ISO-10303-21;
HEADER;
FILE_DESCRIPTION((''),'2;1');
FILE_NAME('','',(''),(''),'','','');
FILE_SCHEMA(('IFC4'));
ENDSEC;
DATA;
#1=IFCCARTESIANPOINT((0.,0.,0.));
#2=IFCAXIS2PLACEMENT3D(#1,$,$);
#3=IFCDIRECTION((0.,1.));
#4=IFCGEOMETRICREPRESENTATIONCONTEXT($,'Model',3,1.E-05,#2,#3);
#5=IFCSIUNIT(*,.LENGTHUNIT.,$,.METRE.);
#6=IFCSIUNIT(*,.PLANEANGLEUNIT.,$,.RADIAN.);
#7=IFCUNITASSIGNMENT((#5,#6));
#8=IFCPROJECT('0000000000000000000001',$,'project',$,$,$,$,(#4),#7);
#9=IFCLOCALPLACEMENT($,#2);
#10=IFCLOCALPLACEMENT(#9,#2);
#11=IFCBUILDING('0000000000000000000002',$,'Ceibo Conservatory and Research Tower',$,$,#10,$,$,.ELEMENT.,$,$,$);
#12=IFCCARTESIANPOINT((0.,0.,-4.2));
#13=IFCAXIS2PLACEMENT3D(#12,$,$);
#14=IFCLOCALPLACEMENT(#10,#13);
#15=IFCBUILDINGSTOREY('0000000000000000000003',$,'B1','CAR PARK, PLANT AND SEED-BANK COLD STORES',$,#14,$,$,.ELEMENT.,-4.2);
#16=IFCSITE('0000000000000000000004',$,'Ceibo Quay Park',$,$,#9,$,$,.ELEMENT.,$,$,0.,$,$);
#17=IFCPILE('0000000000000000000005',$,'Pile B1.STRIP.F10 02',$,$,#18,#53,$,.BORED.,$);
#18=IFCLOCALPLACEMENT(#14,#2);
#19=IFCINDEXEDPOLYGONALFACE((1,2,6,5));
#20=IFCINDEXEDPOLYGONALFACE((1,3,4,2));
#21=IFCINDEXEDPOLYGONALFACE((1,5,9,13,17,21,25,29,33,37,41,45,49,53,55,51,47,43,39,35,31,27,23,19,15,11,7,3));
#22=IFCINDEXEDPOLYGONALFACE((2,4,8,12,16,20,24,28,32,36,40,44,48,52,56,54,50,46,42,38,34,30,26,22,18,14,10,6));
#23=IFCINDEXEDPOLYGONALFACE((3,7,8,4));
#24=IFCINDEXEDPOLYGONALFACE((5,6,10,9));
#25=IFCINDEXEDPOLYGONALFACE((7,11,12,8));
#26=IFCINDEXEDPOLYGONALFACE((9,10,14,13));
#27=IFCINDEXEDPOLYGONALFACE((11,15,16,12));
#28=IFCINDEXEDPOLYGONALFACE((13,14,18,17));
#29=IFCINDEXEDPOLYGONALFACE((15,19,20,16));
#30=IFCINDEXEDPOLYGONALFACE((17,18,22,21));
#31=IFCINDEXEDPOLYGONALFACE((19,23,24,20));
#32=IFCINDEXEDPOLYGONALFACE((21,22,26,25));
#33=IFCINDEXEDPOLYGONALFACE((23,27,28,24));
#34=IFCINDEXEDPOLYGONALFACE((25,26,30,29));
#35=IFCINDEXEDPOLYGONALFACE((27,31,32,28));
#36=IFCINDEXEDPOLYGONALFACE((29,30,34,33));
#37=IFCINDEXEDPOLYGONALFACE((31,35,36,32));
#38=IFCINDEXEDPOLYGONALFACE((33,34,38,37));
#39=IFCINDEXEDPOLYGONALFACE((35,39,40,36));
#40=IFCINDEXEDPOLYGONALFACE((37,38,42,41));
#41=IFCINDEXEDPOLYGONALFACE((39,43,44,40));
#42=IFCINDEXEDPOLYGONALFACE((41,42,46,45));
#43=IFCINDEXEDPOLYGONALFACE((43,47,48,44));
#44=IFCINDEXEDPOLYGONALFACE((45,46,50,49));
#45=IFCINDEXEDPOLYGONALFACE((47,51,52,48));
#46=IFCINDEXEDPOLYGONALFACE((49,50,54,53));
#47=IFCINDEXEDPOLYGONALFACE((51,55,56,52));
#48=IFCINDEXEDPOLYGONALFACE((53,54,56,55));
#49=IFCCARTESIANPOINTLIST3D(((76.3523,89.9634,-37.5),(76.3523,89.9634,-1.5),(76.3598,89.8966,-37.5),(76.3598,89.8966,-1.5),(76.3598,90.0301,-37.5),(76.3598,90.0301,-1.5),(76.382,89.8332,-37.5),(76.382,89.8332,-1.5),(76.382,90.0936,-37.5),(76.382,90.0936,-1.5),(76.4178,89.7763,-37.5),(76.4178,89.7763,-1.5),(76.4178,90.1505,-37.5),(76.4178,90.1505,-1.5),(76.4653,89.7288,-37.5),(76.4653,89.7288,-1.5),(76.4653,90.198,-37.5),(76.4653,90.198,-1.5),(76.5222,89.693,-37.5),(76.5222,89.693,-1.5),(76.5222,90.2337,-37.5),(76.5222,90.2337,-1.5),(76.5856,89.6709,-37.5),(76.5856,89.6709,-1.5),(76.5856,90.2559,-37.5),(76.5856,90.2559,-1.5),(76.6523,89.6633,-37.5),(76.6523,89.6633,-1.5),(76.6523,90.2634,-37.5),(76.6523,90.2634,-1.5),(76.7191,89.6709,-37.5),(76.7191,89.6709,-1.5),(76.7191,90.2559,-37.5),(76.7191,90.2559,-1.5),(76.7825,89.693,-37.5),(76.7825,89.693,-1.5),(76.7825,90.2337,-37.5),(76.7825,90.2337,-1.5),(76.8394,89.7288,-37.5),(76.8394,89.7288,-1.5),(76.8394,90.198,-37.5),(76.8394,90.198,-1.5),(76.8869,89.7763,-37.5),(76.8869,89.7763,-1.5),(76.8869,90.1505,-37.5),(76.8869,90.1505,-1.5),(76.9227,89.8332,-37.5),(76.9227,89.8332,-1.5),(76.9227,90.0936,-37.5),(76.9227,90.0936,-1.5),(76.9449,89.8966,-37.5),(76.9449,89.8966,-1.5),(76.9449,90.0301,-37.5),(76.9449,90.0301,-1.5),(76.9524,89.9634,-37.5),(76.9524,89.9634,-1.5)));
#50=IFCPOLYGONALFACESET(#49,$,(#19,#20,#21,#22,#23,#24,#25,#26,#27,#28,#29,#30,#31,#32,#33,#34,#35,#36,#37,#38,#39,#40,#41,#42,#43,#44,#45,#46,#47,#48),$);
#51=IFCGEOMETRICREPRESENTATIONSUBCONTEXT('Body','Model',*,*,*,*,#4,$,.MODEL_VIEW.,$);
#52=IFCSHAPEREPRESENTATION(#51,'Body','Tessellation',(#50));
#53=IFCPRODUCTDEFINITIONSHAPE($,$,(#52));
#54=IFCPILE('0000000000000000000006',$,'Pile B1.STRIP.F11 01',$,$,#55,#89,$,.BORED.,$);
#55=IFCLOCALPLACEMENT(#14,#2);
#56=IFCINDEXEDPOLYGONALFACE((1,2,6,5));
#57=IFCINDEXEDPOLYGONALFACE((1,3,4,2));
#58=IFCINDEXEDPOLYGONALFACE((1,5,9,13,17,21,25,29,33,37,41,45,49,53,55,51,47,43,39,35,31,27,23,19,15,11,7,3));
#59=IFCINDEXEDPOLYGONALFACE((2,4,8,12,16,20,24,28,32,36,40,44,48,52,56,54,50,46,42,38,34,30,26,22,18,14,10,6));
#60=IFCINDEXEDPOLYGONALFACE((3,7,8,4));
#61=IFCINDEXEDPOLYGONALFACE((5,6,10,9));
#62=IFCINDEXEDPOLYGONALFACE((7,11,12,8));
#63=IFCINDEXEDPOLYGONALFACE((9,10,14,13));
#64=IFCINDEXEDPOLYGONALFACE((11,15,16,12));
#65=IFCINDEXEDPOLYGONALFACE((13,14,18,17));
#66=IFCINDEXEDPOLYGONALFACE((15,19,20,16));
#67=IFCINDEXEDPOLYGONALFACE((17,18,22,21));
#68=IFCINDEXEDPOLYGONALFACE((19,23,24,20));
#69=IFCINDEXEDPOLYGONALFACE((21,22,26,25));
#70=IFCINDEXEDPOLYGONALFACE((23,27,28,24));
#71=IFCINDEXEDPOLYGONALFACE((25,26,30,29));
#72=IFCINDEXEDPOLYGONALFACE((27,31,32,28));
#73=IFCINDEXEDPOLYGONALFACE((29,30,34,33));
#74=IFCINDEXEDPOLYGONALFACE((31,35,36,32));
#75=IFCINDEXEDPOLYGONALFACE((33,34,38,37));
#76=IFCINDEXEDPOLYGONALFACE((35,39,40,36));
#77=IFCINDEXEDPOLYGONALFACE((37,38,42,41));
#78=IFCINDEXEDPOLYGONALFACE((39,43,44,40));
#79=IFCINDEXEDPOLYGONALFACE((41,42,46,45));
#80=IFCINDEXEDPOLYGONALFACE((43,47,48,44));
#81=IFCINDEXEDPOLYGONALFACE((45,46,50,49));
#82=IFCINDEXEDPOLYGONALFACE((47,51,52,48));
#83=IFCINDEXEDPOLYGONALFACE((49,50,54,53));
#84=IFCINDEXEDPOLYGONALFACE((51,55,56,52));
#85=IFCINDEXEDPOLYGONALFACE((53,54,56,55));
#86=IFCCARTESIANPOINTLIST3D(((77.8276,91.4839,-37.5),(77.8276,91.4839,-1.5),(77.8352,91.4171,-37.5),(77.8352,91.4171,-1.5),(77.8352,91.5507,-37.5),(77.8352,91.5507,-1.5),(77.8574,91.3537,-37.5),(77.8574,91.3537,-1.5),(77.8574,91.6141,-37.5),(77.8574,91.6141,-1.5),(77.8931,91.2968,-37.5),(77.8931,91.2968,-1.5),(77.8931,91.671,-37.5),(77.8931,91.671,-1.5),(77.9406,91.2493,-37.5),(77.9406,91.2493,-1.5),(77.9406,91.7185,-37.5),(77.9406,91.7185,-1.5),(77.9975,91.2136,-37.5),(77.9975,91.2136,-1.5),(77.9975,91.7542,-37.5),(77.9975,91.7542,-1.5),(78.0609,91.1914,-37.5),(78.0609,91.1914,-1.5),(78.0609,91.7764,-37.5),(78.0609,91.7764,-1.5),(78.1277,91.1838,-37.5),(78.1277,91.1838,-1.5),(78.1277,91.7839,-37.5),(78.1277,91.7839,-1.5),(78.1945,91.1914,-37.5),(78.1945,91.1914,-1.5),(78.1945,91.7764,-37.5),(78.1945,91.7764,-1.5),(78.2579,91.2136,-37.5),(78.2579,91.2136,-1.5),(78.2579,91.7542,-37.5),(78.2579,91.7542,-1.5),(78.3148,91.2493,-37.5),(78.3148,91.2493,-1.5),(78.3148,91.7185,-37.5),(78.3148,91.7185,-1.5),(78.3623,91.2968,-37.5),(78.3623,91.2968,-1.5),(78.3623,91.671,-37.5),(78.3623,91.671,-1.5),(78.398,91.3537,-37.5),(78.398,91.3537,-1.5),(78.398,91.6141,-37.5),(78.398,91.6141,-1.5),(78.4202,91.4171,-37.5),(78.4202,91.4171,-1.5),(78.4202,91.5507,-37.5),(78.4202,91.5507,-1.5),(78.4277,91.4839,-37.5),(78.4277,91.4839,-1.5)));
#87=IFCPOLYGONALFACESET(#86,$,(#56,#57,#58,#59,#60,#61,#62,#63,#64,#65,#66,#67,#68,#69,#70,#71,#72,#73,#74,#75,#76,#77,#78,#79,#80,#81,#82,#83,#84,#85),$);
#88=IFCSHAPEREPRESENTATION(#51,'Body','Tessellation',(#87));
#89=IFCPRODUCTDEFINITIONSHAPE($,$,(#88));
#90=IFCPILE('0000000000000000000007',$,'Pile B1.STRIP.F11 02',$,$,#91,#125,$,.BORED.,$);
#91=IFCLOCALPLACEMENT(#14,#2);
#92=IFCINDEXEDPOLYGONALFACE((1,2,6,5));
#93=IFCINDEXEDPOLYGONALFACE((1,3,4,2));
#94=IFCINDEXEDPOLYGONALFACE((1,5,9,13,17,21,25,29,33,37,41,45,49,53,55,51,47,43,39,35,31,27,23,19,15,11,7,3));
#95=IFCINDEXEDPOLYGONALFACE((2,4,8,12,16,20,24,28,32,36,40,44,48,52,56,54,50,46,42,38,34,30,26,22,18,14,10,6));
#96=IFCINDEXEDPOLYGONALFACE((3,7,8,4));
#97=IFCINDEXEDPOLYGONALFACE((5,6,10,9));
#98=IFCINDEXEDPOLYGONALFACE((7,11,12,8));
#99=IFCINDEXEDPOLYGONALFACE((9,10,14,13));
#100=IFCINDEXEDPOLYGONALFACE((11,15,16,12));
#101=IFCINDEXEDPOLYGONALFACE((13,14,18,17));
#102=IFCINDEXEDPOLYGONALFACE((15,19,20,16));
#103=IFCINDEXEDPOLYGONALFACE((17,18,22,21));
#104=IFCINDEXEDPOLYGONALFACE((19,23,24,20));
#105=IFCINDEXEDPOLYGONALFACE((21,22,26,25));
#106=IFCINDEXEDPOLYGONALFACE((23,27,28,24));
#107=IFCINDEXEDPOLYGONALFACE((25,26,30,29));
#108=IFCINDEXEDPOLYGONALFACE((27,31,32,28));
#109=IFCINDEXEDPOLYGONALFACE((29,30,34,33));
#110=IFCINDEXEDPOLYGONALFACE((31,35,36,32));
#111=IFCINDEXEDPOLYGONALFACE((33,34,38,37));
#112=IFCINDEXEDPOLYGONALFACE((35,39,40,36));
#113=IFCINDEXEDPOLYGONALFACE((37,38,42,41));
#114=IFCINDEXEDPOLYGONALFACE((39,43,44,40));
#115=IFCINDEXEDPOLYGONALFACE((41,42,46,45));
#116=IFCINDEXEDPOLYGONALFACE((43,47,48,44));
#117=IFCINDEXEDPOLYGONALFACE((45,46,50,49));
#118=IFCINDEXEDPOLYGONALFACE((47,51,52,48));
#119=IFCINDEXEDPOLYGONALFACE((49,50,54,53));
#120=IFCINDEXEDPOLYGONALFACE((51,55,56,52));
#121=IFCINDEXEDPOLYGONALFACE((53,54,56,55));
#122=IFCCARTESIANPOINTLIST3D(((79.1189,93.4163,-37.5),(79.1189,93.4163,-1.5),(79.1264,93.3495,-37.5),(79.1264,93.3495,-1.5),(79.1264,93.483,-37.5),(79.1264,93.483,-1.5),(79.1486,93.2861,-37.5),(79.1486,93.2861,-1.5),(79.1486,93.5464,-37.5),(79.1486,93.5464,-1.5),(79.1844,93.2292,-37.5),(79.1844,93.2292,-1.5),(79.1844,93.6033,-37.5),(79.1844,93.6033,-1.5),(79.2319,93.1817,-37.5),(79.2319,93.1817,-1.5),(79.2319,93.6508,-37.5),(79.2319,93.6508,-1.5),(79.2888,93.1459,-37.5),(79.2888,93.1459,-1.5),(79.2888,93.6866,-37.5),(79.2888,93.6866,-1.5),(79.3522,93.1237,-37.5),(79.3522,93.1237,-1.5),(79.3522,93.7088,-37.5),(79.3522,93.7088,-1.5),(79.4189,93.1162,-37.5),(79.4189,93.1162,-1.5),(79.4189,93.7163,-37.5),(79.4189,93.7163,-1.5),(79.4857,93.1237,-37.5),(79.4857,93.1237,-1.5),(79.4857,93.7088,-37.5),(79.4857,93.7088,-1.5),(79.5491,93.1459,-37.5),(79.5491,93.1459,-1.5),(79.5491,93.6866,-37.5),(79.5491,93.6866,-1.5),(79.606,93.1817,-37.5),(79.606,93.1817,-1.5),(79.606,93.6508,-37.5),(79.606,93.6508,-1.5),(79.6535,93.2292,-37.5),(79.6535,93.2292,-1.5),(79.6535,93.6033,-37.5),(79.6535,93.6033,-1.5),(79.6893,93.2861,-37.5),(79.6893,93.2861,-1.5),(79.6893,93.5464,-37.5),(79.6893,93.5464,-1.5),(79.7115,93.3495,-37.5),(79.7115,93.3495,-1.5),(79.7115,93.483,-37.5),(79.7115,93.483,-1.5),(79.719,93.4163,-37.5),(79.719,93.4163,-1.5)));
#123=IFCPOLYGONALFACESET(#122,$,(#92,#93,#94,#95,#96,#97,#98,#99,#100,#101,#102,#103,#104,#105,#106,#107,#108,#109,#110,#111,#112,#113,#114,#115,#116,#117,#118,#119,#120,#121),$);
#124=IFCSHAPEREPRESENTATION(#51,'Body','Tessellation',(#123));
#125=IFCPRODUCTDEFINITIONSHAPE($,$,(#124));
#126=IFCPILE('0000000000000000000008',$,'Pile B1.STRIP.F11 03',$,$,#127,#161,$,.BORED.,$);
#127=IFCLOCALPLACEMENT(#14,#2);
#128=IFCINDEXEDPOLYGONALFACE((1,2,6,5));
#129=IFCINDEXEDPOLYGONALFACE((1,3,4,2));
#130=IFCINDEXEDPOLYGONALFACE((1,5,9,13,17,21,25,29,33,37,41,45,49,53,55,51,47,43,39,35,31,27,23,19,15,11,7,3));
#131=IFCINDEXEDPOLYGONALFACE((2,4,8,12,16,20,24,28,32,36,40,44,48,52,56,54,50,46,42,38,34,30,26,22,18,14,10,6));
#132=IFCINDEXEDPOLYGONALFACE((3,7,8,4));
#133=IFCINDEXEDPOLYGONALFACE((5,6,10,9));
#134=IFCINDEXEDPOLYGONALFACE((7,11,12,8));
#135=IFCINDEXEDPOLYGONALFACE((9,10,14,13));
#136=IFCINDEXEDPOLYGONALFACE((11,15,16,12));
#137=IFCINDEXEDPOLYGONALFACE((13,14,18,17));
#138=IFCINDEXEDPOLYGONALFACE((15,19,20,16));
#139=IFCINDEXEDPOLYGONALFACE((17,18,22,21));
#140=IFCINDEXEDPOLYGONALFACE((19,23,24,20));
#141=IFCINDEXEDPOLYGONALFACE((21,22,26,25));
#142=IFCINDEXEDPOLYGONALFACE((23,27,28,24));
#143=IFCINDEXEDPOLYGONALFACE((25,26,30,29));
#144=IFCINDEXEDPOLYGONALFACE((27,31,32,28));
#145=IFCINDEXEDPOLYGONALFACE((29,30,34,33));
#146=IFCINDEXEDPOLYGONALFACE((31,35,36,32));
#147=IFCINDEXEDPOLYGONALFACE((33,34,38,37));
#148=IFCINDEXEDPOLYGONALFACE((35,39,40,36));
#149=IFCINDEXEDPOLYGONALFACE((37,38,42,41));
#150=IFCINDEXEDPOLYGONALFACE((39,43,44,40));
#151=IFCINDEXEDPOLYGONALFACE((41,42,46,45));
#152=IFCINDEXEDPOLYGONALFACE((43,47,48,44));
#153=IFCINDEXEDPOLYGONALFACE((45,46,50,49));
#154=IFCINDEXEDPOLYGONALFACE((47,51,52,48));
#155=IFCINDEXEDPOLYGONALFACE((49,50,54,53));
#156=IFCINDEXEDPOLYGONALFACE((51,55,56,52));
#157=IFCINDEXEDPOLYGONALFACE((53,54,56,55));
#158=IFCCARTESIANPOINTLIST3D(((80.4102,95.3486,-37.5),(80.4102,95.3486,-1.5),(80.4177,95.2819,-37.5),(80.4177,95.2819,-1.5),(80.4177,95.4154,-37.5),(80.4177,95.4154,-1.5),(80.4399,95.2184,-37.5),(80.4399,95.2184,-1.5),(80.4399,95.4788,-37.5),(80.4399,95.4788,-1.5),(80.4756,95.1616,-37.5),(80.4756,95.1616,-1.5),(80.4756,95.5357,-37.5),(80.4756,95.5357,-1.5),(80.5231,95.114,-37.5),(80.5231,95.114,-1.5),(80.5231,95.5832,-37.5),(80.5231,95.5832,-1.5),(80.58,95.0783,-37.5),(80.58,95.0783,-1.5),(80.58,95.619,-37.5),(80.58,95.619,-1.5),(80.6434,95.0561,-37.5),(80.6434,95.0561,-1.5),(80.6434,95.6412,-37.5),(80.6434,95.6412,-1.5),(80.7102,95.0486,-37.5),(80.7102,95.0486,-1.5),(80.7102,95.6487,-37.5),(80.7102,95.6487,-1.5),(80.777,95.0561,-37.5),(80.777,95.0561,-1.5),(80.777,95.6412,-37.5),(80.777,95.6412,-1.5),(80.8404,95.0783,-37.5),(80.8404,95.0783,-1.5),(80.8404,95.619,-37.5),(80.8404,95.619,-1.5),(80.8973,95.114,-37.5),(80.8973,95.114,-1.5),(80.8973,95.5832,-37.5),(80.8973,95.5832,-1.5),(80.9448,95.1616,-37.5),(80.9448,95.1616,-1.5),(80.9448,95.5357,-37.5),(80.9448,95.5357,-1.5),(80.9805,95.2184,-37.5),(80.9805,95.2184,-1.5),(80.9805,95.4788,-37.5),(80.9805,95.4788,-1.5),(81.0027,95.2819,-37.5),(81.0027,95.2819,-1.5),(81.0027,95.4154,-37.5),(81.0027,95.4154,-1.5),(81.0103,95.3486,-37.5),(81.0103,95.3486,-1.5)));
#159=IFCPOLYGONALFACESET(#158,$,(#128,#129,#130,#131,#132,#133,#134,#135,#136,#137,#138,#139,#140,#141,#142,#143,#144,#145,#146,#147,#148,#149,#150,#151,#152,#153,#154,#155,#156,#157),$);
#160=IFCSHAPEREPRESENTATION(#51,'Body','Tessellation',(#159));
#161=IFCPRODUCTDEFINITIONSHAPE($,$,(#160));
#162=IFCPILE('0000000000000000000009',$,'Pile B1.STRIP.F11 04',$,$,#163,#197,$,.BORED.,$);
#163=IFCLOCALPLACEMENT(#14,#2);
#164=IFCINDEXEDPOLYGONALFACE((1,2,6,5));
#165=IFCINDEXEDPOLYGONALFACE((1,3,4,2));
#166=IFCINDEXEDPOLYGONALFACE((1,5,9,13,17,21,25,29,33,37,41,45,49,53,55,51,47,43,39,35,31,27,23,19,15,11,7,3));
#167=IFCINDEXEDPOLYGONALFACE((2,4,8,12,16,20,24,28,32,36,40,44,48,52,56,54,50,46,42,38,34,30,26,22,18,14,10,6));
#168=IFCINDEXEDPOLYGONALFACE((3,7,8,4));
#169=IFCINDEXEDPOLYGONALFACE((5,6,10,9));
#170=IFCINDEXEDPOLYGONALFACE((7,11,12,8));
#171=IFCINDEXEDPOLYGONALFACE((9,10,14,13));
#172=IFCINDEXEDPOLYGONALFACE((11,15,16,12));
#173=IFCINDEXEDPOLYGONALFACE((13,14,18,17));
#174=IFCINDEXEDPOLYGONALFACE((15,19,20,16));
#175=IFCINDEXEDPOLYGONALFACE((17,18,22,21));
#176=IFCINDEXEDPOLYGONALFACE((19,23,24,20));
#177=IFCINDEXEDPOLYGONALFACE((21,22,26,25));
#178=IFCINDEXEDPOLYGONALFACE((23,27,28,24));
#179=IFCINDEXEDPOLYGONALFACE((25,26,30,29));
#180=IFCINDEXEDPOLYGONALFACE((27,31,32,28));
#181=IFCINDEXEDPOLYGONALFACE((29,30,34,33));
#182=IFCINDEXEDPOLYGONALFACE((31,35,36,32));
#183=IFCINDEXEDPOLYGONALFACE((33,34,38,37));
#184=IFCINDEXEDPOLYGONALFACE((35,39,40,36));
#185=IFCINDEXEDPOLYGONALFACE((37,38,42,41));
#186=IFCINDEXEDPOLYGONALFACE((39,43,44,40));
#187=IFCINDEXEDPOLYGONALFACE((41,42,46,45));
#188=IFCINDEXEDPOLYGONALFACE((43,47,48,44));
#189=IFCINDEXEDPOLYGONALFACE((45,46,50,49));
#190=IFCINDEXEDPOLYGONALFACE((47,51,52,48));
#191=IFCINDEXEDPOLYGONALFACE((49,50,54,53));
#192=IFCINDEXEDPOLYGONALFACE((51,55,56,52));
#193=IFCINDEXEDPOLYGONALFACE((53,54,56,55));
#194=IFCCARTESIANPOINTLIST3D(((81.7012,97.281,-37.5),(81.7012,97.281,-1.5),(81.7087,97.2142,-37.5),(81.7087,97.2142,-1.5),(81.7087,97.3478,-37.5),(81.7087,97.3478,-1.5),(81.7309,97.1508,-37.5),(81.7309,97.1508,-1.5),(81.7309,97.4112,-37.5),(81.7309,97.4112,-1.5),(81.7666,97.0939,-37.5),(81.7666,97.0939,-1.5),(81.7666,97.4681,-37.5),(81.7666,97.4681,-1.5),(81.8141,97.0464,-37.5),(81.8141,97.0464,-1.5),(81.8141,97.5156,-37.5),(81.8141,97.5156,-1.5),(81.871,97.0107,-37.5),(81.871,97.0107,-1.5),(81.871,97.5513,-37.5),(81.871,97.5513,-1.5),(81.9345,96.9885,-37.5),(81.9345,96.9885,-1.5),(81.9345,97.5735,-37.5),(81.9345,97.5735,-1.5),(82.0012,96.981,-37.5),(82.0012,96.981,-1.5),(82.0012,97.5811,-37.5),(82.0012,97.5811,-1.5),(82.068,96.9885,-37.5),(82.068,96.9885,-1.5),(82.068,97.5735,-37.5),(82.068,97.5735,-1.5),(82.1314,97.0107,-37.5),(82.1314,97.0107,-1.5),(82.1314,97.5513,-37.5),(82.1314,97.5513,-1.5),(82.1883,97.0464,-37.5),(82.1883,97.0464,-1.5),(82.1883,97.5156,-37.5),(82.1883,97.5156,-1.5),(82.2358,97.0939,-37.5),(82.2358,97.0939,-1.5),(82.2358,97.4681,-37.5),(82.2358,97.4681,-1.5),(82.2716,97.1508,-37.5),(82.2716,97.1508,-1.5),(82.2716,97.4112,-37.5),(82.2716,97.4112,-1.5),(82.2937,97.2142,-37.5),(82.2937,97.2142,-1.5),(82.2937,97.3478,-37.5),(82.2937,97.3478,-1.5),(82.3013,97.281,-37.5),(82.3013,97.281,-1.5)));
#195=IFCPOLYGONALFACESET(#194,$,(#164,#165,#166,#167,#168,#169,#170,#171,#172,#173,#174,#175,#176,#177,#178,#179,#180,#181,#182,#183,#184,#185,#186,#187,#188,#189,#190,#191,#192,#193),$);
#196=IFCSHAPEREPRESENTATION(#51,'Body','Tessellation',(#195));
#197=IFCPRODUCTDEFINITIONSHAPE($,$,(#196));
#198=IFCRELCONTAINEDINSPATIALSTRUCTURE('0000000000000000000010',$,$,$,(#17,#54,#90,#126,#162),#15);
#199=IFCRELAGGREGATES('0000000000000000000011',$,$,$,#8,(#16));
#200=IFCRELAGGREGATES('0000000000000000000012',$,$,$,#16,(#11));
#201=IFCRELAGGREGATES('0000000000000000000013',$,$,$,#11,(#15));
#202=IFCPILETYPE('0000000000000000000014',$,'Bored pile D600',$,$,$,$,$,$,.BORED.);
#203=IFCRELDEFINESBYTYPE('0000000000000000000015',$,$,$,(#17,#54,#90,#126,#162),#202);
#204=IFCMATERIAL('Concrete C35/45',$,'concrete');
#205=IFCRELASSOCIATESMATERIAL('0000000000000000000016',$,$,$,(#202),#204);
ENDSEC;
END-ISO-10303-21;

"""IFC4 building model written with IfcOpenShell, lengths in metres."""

from ifc_helpers import new_model, si_unit, direction, frame, origin, origin_2d, place, context, subcontext, project, spatial, circle, extrude, material, material_profile, profile_set, type_object, element, save


model = new_model("IFC4")

# Units and contexts
model_context = context("Model", 3, precision=1e-05, world=origin(), true_north=direction((0.0, 1.0)))
body_context = subcontext(model_context, "Body", "Model", "MODEL_VIEW")
ifc_project = project(units=[si_unit("LENGTHUNIT", "METRE"), si_unit("PLANEANGLEUNIT", "RADIAN")], contexts=[model_context])

# Site, building, storey
site_placement = place(None, origin())
site = spatial("IfcSite", under=ifc_project, at=site_placement, Name="Ceibo Quay Park", CompositionType="ELEMENT", RefElevation=0.0)
building_placement = place(site_placement, origin())
building = spatial("IfcBuilding", under=site, at=building_placement, Name="Ceibo Conservatory and Research Tower", CompositionType="ELEMENT")
storey_placement = place(building_placement, frame((0.0, 0.0, -4.2)))
storey = spatial("IfcBuildingStorey", under=building, at=storey_placement, Name="B1", Description="CAR PARK, PLANT AND SEED-BANK COLD STORES", CompositionType="ELEMENT", Elevation=-4.2)

# Piles
ifc_material_1 = material(Name="Concrete C35/45", Category="concrete")
ifc_material_profile_1 = material_profile(ifc_material_1, circle(Radius=0.3, at=origin_2d()), Name="RC D600")
ifc_profile_set_1 = profile_set([ifc_material_profile_1], Name="Concrete C35/45")
pile_type_1 = type_object("IfcPileType", Name="Bored pile D600", PredefinedType="BORED", material=ifc_profile_set_1)
for number, where, z_axis, x_axis, name in (
    (1, (76.6523, 89.9634, -1.5), (0.0, 0.0, -1.0), (1.0, 0.0, 0.0), "Pile B1.STRIP.F10 02"),
    (2, (78.1277, 91.4839, -1.5), (0.0, 0.0, -1.0), (1.0, 0.0, 0.0), "Pile B1.STRIP.F11 01"),
    (3, (79.4189, 93.4163, -1.5), (0.0, 0.0, -1.0), (1.0, 0.0, 0.0), "Pile B1.STRIP.F11 02"),
    (4, (80.7102, 95.3486, -1.5), (0.0, 0.0, -1.0), (1.0, 0.0, 0.0), "Pile B1.STRIP.F11 03"),
    (5, (82.0012, 97.281, -1.5), (0.0, 0.0, -1.0), (1.0, 0.0, 0.0), "Pile B1.STRIP.F11 04"),
):
    element("IfcPile", number, at=place(storey_placement, frame(where, z_axis=z_axis, x_axis=x_axis)), inside=storey, type_object=pile_type_1, Name=name, PredefinedType="BORED", context=body_context, shape_type="SweptSolid", body=[
        extrude(circle(Radius=0.3, at=origin_2d()), origin(), (0.0, 0.0, 1.0), 36.0),
    ])

save(model, "model.ifc")
